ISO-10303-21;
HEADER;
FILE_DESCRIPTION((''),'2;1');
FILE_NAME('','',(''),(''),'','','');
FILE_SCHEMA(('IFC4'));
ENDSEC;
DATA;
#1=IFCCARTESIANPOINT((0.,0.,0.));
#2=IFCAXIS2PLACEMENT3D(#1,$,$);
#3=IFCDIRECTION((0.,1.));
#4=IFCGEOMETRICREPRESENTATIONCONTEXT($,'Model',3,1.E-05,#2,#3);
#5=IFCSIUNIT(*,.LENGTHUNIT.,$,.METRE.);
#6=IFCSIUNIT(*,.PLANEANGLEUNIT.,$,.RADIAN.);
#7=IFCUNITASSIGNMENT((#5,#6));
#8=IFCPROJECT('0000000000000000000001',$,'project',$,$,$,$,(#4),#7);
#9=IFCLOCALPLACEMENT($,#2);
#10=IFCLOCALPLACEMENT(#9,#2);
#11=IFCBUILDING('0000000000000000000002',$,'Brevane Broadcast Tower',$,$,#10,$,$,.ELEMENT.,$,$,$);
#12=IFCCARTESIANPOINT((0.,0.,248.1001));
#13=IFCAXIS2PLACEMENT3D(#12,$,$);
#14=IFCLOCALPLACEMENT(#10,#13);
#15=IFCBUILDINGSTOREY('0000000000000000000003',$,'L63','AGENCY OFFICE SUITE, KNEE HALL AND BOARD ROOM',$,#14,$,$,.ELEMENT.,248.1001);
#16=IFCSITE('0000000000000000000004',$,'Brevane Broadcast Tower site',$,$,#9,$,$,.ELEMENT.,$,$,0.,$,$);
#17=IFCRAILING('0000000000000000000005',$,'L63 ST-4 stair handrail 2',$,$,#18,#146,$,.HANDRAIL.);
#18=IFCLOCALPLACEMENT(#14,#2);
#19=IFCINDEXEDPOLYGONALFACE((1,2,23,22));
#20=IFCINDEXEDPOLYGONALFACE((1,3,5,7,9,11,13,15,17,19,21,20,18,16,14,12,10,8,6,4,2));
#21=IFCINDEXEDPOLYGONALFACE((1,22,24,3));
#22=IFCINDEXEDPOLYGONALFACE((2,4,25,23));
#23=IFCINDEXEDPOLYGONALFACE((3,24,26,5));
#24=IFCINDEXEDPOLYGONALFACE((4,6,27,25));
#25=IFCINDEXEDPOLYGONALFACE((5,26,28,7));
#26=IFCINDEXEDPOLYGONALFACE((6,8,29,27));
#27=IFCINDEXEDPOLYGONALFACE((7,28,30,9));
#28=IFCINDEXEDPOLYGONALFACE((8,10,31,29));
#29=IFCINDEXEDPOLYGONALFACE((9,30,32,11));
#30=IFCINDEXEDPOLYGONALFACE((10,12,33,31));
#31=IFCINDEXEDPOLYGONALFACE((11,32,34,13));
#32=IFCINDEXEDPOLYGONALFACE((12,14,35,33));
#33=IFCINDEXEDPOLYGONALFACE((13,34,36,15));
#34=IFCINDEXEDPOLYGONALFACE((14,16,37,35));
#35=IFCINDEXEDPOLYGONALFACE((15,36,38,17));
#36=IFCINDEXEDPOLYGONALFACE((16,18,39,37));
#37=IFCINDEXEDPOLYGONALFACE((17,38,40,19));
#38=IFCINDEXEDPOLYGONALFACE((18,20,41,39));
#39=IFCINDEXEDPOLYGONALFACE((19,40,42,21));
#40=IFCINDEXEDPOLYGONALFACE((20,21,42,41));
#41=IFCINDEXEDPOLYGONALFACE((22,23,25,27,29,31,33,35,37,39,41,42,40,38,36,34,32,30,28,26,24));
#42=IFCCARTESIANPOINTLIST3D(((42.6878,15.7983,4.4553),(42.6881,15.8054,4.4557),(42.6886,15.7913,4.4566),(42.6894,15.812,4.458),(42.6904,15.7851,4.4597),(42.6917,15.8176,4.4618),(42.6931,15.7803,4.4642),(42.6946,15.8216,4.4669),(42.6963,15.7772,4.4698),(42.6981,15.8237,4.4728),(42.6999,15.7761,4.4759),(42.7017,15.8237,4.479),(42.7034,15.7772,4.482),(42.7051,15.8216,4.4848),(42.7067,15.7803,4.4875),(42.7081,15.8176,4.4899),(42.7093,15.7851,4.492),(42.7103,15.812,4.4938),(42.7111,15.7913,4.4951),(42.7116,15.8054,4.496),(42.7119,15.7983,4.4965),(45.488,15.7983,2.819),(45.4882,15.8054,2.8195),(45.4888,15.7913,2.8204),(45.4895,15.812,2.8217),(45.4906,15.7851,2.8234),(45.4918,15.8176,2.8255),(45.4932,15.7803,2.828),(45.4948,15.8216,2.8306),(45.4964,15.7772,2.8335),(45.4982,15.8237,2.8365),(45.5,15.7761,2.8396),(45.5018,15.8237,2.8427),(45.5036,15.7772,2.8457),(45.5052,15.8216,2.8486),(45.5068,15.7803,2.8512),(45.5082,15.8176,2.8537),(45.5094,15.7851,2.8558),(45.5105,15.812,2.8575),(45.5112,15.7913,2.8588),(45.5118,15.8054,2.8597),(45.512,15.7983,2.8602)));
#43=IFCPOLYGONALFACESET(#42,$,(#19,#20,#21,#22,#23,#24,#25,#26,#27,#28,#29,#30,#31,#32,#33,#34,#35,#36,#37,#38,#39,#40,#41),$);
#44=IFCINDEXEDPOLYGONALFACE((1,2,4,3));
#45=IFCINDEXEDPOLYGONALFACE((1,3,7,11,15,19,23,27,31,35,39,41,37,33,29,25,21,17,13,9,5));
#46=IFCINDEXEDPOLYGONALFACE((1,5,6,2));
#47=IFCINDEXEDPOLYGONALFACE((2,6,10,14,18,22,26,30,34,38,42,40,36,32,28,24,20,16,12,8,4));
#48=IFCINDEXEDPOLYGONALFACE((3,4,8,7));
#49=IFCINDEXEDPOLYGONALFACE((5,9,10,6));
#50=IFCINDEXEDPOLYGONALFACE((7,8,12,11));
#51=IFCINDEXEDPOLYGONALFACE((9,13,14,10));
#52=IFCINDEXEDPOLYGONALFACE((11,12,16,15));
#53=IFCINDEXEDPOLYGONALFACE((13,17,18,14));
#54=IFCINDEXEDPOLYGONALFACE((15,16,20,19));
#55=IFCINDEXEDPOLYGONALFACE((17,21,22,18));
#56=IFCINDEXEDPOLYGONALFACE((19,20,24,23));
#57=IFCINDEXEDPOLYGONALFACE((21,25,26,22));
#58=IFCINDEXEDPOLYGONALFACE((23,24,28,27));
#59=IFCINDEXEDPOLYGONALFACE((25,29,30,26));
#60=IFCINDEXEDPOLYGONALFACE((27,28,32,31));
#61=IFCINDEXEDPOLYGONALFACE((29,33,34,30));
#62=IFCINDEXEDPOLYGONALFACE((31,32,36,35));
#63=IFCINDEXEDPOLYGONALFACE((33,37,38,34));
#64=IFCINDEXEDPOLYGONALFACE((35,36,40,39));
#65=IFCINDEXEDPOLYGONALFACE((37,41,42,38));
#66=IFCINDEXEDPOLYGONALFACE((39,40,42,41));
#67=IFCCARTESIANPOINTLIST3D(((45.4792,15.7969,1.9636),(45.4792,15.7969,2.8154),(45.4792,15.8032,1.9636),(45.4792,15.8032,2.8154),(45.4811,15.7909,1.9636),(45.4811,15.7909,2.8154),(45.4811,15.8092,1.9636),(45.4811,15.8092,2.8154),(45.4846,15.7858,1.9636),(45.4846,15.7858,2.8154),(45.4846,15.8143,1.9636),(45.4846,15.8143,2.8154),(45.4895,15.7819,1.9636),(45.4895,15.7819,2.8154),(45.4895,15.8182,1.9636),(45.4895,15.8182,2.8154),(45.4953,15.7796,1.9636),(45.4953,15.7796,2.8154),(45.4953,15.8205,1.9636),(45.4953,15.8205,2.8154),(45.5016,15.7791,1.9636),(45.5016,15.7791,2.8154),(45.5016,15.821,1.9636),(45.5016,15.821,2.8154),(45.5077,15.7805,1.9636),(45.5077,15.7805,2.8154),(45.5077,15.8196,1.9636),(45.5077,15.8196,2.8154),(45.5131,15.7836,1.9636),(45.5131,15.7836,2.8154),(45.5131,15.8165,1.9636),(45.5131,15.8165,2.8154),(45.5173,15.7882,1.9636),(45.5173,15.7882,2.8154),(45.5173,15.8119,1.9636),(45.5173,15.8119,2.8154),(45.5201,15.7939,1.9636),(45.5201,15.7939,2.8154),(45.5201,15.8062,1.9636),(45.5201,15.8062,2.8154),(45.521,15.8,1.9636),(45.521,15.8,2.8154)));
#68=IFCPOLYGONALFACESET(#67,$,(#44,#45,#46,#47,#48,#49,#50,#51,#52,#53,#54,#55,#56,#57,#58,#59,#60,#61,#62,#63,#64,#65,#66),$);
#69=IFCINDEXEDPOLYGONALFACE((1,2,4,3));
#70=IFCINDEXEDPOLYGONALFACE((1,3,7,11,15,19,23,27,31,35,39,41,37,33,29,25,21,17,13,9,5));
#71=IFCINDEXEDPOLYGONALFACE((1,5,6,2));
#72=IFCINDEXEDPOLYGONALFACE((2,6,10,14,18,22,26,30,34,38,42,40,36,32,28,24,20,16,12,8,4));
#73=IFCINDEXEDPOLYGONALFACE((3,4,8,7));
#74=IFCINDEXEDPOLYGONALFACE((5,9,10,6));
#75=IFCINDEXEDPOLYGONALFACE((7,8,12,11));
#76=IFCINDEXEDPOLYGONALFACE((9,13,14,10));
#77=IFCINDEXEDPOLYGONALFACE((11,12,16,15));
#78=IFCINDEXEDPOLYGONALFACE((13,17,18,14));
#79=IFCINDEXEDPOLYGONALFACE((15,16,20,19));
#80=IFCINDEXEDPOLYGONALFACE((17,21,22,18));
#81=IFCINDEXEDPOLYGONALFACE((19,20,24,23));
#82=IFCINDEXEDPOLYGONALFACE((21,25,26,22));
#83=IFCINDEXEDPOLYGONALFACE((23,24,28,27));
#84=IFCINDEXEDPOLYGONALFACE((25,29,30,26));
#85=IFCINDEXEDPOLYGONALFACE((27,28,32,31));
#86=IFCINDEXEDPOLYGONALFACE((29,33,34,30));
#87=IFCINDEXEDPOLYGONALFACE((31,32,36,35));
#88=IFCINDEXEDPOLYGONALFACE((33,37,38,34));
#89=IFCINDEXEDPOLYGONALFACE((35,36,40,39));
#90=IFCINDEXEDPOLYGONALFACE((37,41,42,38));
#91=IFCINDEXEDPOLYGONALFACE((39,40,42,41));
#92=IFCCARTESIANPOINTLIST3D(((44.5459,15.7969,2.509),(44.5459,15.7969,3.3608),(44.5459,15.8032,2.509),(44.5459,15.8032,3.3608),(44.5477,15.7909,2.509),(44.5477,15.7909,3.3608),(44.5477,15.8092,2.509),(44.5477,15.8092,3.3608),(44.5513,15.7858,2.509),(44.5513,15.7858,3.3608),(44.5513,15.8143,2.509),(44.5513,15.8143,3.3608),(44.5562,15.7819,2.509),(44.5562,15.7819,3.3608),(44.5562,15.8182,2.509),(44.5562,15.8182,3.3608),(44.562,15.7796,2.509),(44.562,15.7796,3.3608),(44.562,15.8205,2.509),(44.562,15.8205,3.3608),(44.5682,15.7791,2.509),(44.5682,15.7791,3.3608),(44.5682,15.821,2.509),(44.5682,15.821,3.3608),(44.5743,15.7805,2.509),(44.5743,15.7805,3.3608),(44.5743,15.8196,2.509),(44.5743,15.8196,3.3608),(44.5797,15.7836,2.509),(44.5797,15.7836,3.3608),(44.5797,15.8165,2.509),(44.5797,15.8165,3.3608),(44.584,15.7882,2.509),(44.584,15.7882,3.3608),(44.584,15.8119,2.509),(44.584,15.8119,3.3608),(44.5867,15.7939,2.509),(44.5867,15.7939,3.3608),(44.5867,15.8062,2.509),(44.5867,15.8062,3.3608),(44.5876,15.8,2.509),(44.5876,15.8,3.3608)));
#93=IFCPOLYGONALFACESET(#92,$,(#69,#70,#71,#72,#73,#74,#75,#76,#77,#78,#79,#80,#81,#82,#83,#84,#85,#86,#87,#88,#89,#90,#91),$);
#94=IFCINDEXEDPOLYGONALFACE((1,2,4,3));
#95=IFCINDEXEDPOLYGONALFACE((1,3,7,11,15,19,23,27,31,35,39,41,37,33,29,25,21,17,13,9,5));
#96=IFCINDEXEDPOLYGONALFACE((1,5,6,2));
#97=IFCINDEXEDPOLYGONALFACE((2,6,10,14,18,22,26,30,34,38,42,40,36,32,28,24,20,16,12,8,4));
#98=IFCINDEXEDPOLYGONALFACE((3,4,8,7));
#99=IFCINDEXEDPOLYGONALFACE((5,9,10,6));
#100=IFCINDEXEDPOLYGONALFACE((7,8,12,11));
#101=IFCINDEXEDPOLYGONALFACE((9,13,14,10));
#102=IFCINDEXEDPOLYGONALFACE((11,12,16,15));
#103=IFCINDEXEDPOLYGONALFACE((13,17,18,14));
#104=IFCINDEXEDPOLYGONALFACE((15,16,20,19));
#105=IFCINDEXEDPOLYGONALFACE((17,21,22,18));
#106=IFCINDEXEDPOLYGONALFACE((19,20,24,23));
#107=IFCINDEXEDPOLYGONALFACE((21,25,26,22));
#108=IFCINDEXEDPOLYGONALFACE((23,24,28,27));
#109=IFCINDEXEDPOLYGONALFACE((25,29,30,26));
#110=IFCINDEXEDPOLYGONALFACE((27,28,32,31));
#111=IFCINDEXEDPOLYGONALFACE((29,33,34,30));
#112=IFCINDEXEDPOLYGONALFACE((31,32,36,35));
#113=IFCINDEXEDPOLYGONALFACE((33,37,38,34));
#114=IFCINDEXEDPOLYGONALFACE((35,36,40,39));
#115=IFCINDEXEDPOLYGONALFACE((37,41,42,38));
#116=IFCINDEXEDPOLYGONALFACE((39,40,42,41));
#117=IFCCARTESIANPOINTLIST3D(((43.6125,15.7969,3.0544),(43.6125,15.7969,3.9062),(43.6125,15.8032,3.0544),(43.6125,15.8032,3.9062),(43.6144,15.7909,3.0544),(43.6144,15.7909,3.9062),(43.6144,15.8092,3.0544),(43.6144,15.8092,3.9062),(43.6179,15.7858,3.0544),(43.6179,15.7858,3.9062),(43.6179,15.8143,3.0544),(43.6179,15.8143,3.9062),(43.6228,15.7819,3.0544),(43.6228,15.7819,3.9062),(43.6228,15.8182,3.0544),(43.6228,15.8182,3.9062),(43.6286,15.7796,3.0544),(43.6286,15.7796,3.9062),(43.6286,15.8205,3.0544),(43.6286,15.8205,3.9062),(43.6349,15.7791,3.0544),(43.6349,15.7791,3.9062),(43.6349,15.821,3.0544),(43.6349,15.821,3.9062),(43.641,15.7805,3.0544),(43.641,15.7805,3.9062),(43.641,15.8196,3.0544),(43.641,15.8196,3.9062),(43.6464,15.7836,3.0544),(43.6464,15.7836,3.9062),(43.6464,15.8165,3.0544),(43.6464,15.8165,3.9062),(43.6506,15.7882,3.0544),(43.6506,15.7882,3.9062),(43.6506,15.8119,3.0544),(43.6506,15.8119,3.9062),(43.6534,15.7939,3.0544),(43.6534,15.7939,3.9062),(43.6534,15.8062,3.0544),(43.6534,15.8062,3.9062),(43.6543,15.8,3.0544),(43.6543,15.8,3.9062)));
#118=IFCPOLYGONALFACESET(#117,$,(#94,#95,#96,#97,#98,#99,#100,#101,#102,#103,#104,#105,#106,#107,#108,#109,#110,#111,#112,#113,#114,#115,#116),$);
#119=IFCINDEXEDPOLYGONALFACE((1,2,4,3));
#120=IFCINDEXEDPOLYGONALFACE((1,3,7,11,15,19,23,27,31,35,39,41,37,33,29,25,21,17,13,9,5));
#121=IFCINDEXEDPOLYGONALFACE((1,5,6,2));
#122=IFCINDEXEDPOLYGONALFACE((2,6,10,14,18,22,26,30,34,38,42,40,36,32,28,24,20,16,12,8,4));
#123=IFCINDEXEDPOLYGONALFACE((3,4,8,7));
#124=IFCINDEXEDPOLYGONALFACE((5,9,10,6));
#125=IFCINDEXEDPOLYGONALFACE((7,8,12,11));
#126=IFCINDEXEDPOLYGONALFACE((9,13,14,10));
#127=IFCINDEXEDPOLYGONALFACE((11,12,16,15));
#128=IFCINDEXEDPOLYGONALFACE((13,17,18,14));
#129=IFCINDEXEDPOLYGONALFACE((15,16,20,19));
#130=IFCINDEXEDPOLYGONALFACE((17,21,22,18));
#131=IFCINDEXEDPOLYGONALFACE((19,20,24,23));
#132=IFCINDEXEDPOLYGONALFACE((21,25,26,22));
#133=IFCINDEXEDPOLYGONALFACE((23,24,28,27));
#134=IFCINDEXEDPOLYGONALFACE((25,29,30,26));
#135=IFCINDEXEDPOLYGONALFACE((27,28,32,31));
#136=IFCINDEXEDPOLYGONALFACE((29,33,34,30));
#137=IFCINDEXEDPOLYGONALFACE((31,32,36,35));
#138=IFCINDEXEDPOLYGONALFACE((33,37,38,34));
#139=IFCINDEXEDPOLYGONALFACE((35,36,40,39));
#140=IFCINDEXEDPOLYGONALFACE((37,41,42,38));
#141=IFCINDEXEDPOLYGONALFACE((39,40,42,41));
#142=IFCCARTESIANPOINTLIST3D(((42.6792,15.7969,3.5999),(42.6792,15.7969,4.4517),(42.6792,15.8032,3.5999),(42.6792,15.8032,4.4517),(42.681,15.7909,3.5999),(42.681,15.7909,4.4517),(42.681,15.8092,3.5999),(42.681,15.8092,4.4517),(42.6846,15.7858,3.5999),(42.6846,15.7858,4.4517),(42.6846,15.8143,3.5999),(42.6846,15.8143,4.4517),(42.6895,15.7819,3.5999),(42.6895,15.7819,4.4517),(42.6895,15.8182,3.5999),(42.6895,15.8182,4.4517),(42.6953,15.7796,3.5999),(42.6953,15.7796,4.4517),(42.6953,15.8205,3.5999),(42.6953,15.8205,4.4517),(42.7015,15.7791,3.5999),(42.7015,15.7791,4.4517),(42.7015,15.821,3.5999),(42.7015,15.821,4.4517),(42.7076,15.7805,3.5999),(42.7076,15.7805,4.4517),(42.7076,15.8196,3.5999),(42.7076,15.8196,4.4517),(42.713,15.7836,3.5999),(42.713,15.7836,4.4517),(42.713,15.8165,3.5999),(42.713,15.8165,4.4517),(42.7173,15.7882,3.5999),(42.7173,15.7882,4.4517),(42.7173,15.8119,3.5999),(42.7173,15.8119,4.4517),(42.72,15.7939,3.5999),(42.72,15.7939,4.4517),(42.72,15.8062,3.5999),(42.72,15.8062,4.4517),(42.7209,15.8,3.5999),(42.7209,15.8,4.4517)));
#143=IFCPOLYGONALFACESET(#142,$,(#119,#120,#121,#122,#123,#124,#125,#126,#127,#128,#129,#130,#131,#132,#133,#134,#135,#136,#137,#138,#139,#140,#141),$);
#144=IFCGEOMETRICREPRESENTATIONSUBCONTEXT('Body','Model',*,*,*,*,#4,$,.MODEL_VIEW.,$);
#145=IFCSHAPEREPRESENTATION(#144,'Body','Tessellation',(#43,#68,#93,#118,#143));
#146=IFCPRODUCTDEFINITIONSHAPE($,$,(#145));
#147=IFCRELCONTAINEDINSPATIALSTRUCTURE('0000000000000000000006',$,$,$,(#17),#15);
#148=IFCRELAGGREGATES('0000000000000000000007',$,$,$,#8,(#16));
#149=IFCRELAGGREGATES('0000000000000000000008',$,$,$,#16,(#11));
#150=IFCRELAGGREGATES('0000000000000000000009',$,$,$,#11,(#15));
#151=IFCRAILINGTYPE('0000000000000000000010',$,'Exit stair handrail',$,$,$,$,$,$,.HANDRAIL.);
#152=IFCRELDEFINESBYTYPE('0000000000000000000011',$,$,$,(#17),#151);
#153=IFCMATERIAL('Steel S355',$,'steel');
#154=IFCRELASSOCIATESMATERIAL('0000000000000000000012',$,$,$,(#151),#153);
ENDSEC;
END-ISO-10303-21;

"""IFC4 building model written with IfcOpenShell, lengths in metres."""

from ifc_helpers import new_model, si_unit, direction, frame, origin, origin_2d, place, context, subcontext, project, spatial, circle, extrude, material, type_object, element, save


model = new_model("IFC4")

# Units and contexts
model_context = context("Model", 3, precision=1e-05, world=origin(), true_north=direction((0.0, 1.0)))
body_context = subcontext(model_context, "Body", "Model", "MODEL_VIEW")
ifc_project = project(units=[si_unit("LENGTHUNIT", "METRE"), si_unit("PLANEANGLEUNIT", "RADIAN")], contexts=[model_context])

# Site, building, storey
site_placement = place(None, origin())
site = spatial("IfcSite", under=ifc_project, at=site_placement, Name="Brevane Broadcast Tower site", CompositionType="ELEMENT", RefElevation=0.0)
building_placement = place(site_placement, origin())
building = spatial("IfcBuilding", under=site, at=building_placement, Name="Brevane Broadcast Tower", CompositionType="ELEMENT")
storey_placement = place(building_placement, frame((0.0, 0.0, 248.1001)))
storey = spatial("IfcBuildingStorey", under=building, at=storey_placement, Name="L63", Description="AGENCY OFFICE SUITE, KNEE HALL AND BOARD ROOM", CompositionType="ELEMENT", Elevation=248.1001)

# Railing
ifc_material_1 = material(Name="Steel S355", Category="steel")
railing_type = type_object("IfcRailingType", Name="Exit stair handrail", PredefinedType="HANDRAIL", material=ifc_material_1)
railing_placement = place(storey_placement, frame((45.5, 15.8, 1.9636)))
element("IfcRailing", 1, at=railing_placement, inside=storey, type_object=railing_type, Name="L63 ST-4 stair handrail 2", PredefinedType="HANDRAIL", context=body_context, shape_type="SweptSolid", body=[
    extrude(circle(Radius=0.0239, at=origin_2d()), frame((0.0, 0.0, 0.876), z_axis=(-0.863394, 0.0, 0.504531), x_axis=(0.0, -1.0, 0.0)), (0.0, 0.0, 1.0), 3.2432),
    extrude(circle(Radius=0.021, at=origin_2d()), origin(), (0.0, 0.0, 1.0), 0.8518),
    extrude(circle(Radius=0.021, at=origin_2d()), frame((-0.9333, 0.0, 0.5454)), (0.0, 0.0, 1.0), 0.8518),
    extrude(circle(Radius=0.021, at=origin_2d()), frame((-1.8667, 0.0, 1.0908)), (0.0, 0.0, 1.0), 0.8518),
    extrude(circle(Radius=0.021, at=origin_2d()), frame((-2.8, 0.0, 1.6362)), (0.0, 0.0, 1.0), 0.8518),
])

save(model, "model.ifc")
